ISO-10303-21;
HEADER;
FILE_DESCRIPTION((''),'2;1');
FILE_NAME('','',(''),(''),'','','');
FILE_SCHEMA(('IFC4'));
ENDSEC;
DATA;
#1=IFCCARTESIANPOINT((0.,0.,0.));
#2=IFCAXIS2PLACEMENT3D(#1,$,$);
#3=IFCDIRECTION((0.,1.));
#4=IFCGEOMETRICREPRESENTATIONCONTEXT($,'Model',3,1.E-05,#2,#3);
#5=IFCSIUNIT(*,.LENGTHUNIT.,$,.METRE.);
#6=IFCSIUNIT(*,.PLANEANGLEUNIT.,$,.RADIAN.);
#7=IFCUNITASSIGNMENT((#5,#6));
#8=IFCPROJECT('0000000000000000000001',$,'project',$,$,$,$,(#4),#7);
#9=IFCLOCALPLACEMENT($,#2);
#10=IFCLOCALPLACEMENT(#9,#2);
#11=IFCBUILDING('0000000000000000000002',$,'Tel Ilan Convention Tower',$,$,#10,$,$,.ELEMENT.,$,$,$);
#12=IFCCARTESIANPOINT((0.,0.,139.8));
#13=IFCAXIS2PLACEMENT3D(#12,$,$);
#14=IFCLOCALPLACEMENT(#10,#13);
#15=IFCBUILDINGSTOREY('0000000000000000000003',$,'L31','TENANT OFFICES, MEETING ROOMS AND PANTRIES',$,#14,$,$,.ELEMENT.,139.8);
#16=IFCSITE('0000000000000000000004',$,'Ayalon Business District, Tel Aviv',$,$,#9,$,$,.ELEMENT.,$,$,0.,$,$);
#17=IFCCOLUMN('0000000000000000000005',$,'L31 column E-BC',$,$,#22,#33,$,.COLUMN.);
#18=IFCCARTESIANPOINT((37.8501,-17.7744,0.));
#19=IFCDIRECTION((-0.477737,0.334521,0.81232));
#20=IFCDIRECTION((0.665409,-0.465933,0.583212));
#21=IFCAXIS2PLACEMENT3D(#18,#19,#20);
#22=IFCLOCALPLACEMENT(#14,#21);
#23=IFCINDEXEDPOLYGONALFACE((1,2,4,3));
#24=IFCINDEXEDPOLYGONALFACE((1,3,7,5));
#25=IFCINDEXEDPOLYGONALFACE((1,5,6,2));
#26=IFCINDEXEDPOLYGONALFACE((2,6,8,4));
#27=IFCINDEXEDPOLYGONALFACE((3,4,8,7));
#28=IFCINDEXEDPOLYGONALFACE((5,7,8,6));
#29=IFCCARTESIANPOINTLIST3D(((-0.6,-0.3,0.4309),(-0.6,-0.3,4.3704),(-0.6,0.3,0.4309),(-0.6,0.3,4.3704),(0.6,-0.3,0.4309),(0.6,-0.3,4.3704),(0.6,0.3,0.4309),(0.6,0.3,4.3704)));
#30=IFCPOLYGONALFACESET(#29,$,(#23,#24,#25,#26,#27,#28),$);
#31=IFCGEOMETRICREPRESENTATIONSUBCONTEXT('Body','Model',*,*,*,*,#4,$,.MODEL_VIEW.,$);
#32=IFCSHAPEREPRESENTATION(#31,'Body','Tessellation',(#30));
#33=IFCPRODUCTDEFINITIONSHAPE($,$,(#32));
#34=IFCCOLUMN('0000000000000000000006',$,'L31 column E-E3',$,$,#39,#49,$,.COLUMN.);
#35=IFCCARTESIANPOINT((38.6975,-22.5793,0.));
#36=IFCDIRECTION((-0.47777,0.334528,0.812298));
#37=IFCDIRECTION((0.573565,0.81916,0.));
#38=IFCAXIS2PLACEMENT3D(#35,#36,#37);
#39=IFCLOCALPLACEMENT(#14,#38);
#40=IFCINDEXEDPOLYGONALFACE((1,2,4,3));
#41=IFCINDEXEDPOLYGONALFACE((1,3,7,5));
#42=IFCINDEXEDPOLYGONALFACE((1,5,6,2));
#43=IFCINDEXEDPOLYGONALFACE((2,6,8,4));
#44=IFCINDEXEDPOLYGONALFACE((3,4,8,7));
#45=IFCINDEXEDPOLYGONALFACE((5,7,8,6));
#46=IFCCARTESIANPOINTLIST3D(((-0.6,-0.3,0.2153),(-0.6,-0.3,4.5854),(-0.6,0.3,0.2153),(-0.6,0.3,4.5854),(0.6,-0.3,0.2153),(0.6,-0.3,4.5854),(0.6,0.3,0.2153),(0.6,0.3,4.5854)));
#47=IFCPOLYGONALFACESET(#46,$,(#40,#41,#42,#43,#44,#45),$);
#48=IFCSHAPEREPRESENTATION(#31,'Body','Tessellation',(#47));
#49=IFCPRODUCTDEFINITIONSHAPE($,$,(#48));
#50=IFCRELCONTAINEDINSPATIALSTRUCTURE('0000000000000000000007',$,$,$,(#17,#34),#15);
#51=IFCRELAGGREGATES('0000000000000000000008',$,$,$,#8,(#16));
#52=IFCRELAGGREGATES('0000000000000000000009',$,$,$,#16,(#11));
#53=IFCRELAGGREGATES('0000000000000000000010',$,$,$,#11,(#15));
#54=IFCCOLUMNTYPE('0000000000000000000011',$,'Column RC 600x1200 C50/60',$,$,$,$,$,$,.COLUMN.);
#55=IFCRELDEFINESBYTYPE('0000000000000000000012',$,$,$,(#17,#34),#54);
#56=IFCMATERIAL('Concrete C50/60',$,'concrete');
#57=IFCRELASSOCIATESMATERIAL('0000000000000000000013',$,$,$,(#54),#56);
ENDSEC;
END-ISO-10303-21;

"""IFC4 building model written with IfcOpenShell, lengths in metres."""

from ifc_helpers import new_model, si_unit, direction, frame, origin, origin_2d, place, context, subcontext, project, spatial, rectangle, extrude, clip, halfspace, material, material_profile, profile_set, type_object, element, save


model = new_model("IFC4")

# Units and contexts
model_context = context("Model", 3, precision=1e-05, world=origin(), true_north=direction((0.0, 1.0)))
body_context = subcontext(model_context, "Body", "Model", "MODEL_VIEW")
ifc_project = project(units=[si_unit("LENGTHUNIT", "METRE"), si_unit("PLANEANGLEUNIT", "RADIAN")], contexts=[model_context])

# Site, building, storey
site_placement = place(None, origin())
site = spatial("IfcSite", under=ifc_project, at=site_placement, Name="Ayalon Business District, Tel Aviv", CompositionType="ELEMENT", RefElevation=0.0)
building_placement = place(site_placement, origin())
building = spatial("IfcBuilding", under=site, at=building_placement, Name="Tel Ilan Convention Tower", CompositionType="ELEMENT")
storey_placement = place(building_placement, frame((0.0, 0.0, 139.8)))
storey = spatial("IfcBuildingStorey", under=building, at=storey_placement, Name="L31", Description="TENANT OFFICES, MEETING ROOMS AND PANTRIES", CompositionType="ELEMENT", Elevation=139.8)

# Columns
ifc_material_1 = material(Name="Concrete C50/60", Category="concrete")
ifc_material_profile_1 = material_profile(ifc_material_1, rectangle(XDim=1.2, YDim=0.6001, at=origin_2d()), Name="RC 600x1200")
ifc_profile_set_1 = profile_set([ifc_material_profile_1], Name="Concrete C50/60")
column_type_1 = type_object("IfcColumnType", Name="Column RC 600x1200 C50/60", PredefinedType="COLUMN", material=ifc_profile_set_1)
column_1_placement = place(storey_placement, frame((37.8501, -17.7744, 0.0), z_axis=(-0.477737, 0.334521, 0.81232), x_axis=(0.665409, -0.465933, 0.583212)))
element("IfcColumn", 1, at=column_1_placement, inside=storey, type_object=column_type_1, Name="L31 column E-BC", PredefinedType="COLUMN", context=body_context, shape_type="Clipping", body=[
    clip(clip(extrude(rectangle(XDim=1.2, YDim=0.6001, at=origin_2d()), origin(), (0.0, 0.0, 1.0), 4.8013), halfspace(frame((0.0, 0.0, 0.4309), z_axis=(0.0, 0.0, 1.0), x_axis=(1.0, 0.0, 0.0)), True)), halfspace(frame((0.0, 0.0, 4.3704), z_axis=(0.0, 0.0, 1.0), x_axis=(1.0, 0.0, 0.0)), False)),
])
column_2_placement = place(storey_placement, frame((38.6975, -22.5793, 0.0), z_axis=(-0.47777, 0.334528, 0.812298), x_axis=(0.573565, 0.81916, 0.0)))
element("IfcColumn", 2, at=column_2_placement, inside=storey, type_object=column_type_1, Name="L31 column E-E3", PredefinedType="COLUMN", context=body_context, shape_type="Clipping", body=[
    clip(clip(extrude(rectangle(XDim=1.2, YDim=0.6001, at=origin_2d()), origin(), (0.0, 0.0, 1.0), 4.8008), halfspace(frame((0.0, 0.0, 0.2153), z_axis=(0.0, 0.0, 1.0), x_axis=(1.0, 0.0, 0.0)), True)), halfspace(frame((0.0, 0.0, 4.5854), z_axis=(0.0, 0.0, 1.0), x_axis=(1.0, 0.0, 0.0)), False)),
])

save(model, "model.ifc")
